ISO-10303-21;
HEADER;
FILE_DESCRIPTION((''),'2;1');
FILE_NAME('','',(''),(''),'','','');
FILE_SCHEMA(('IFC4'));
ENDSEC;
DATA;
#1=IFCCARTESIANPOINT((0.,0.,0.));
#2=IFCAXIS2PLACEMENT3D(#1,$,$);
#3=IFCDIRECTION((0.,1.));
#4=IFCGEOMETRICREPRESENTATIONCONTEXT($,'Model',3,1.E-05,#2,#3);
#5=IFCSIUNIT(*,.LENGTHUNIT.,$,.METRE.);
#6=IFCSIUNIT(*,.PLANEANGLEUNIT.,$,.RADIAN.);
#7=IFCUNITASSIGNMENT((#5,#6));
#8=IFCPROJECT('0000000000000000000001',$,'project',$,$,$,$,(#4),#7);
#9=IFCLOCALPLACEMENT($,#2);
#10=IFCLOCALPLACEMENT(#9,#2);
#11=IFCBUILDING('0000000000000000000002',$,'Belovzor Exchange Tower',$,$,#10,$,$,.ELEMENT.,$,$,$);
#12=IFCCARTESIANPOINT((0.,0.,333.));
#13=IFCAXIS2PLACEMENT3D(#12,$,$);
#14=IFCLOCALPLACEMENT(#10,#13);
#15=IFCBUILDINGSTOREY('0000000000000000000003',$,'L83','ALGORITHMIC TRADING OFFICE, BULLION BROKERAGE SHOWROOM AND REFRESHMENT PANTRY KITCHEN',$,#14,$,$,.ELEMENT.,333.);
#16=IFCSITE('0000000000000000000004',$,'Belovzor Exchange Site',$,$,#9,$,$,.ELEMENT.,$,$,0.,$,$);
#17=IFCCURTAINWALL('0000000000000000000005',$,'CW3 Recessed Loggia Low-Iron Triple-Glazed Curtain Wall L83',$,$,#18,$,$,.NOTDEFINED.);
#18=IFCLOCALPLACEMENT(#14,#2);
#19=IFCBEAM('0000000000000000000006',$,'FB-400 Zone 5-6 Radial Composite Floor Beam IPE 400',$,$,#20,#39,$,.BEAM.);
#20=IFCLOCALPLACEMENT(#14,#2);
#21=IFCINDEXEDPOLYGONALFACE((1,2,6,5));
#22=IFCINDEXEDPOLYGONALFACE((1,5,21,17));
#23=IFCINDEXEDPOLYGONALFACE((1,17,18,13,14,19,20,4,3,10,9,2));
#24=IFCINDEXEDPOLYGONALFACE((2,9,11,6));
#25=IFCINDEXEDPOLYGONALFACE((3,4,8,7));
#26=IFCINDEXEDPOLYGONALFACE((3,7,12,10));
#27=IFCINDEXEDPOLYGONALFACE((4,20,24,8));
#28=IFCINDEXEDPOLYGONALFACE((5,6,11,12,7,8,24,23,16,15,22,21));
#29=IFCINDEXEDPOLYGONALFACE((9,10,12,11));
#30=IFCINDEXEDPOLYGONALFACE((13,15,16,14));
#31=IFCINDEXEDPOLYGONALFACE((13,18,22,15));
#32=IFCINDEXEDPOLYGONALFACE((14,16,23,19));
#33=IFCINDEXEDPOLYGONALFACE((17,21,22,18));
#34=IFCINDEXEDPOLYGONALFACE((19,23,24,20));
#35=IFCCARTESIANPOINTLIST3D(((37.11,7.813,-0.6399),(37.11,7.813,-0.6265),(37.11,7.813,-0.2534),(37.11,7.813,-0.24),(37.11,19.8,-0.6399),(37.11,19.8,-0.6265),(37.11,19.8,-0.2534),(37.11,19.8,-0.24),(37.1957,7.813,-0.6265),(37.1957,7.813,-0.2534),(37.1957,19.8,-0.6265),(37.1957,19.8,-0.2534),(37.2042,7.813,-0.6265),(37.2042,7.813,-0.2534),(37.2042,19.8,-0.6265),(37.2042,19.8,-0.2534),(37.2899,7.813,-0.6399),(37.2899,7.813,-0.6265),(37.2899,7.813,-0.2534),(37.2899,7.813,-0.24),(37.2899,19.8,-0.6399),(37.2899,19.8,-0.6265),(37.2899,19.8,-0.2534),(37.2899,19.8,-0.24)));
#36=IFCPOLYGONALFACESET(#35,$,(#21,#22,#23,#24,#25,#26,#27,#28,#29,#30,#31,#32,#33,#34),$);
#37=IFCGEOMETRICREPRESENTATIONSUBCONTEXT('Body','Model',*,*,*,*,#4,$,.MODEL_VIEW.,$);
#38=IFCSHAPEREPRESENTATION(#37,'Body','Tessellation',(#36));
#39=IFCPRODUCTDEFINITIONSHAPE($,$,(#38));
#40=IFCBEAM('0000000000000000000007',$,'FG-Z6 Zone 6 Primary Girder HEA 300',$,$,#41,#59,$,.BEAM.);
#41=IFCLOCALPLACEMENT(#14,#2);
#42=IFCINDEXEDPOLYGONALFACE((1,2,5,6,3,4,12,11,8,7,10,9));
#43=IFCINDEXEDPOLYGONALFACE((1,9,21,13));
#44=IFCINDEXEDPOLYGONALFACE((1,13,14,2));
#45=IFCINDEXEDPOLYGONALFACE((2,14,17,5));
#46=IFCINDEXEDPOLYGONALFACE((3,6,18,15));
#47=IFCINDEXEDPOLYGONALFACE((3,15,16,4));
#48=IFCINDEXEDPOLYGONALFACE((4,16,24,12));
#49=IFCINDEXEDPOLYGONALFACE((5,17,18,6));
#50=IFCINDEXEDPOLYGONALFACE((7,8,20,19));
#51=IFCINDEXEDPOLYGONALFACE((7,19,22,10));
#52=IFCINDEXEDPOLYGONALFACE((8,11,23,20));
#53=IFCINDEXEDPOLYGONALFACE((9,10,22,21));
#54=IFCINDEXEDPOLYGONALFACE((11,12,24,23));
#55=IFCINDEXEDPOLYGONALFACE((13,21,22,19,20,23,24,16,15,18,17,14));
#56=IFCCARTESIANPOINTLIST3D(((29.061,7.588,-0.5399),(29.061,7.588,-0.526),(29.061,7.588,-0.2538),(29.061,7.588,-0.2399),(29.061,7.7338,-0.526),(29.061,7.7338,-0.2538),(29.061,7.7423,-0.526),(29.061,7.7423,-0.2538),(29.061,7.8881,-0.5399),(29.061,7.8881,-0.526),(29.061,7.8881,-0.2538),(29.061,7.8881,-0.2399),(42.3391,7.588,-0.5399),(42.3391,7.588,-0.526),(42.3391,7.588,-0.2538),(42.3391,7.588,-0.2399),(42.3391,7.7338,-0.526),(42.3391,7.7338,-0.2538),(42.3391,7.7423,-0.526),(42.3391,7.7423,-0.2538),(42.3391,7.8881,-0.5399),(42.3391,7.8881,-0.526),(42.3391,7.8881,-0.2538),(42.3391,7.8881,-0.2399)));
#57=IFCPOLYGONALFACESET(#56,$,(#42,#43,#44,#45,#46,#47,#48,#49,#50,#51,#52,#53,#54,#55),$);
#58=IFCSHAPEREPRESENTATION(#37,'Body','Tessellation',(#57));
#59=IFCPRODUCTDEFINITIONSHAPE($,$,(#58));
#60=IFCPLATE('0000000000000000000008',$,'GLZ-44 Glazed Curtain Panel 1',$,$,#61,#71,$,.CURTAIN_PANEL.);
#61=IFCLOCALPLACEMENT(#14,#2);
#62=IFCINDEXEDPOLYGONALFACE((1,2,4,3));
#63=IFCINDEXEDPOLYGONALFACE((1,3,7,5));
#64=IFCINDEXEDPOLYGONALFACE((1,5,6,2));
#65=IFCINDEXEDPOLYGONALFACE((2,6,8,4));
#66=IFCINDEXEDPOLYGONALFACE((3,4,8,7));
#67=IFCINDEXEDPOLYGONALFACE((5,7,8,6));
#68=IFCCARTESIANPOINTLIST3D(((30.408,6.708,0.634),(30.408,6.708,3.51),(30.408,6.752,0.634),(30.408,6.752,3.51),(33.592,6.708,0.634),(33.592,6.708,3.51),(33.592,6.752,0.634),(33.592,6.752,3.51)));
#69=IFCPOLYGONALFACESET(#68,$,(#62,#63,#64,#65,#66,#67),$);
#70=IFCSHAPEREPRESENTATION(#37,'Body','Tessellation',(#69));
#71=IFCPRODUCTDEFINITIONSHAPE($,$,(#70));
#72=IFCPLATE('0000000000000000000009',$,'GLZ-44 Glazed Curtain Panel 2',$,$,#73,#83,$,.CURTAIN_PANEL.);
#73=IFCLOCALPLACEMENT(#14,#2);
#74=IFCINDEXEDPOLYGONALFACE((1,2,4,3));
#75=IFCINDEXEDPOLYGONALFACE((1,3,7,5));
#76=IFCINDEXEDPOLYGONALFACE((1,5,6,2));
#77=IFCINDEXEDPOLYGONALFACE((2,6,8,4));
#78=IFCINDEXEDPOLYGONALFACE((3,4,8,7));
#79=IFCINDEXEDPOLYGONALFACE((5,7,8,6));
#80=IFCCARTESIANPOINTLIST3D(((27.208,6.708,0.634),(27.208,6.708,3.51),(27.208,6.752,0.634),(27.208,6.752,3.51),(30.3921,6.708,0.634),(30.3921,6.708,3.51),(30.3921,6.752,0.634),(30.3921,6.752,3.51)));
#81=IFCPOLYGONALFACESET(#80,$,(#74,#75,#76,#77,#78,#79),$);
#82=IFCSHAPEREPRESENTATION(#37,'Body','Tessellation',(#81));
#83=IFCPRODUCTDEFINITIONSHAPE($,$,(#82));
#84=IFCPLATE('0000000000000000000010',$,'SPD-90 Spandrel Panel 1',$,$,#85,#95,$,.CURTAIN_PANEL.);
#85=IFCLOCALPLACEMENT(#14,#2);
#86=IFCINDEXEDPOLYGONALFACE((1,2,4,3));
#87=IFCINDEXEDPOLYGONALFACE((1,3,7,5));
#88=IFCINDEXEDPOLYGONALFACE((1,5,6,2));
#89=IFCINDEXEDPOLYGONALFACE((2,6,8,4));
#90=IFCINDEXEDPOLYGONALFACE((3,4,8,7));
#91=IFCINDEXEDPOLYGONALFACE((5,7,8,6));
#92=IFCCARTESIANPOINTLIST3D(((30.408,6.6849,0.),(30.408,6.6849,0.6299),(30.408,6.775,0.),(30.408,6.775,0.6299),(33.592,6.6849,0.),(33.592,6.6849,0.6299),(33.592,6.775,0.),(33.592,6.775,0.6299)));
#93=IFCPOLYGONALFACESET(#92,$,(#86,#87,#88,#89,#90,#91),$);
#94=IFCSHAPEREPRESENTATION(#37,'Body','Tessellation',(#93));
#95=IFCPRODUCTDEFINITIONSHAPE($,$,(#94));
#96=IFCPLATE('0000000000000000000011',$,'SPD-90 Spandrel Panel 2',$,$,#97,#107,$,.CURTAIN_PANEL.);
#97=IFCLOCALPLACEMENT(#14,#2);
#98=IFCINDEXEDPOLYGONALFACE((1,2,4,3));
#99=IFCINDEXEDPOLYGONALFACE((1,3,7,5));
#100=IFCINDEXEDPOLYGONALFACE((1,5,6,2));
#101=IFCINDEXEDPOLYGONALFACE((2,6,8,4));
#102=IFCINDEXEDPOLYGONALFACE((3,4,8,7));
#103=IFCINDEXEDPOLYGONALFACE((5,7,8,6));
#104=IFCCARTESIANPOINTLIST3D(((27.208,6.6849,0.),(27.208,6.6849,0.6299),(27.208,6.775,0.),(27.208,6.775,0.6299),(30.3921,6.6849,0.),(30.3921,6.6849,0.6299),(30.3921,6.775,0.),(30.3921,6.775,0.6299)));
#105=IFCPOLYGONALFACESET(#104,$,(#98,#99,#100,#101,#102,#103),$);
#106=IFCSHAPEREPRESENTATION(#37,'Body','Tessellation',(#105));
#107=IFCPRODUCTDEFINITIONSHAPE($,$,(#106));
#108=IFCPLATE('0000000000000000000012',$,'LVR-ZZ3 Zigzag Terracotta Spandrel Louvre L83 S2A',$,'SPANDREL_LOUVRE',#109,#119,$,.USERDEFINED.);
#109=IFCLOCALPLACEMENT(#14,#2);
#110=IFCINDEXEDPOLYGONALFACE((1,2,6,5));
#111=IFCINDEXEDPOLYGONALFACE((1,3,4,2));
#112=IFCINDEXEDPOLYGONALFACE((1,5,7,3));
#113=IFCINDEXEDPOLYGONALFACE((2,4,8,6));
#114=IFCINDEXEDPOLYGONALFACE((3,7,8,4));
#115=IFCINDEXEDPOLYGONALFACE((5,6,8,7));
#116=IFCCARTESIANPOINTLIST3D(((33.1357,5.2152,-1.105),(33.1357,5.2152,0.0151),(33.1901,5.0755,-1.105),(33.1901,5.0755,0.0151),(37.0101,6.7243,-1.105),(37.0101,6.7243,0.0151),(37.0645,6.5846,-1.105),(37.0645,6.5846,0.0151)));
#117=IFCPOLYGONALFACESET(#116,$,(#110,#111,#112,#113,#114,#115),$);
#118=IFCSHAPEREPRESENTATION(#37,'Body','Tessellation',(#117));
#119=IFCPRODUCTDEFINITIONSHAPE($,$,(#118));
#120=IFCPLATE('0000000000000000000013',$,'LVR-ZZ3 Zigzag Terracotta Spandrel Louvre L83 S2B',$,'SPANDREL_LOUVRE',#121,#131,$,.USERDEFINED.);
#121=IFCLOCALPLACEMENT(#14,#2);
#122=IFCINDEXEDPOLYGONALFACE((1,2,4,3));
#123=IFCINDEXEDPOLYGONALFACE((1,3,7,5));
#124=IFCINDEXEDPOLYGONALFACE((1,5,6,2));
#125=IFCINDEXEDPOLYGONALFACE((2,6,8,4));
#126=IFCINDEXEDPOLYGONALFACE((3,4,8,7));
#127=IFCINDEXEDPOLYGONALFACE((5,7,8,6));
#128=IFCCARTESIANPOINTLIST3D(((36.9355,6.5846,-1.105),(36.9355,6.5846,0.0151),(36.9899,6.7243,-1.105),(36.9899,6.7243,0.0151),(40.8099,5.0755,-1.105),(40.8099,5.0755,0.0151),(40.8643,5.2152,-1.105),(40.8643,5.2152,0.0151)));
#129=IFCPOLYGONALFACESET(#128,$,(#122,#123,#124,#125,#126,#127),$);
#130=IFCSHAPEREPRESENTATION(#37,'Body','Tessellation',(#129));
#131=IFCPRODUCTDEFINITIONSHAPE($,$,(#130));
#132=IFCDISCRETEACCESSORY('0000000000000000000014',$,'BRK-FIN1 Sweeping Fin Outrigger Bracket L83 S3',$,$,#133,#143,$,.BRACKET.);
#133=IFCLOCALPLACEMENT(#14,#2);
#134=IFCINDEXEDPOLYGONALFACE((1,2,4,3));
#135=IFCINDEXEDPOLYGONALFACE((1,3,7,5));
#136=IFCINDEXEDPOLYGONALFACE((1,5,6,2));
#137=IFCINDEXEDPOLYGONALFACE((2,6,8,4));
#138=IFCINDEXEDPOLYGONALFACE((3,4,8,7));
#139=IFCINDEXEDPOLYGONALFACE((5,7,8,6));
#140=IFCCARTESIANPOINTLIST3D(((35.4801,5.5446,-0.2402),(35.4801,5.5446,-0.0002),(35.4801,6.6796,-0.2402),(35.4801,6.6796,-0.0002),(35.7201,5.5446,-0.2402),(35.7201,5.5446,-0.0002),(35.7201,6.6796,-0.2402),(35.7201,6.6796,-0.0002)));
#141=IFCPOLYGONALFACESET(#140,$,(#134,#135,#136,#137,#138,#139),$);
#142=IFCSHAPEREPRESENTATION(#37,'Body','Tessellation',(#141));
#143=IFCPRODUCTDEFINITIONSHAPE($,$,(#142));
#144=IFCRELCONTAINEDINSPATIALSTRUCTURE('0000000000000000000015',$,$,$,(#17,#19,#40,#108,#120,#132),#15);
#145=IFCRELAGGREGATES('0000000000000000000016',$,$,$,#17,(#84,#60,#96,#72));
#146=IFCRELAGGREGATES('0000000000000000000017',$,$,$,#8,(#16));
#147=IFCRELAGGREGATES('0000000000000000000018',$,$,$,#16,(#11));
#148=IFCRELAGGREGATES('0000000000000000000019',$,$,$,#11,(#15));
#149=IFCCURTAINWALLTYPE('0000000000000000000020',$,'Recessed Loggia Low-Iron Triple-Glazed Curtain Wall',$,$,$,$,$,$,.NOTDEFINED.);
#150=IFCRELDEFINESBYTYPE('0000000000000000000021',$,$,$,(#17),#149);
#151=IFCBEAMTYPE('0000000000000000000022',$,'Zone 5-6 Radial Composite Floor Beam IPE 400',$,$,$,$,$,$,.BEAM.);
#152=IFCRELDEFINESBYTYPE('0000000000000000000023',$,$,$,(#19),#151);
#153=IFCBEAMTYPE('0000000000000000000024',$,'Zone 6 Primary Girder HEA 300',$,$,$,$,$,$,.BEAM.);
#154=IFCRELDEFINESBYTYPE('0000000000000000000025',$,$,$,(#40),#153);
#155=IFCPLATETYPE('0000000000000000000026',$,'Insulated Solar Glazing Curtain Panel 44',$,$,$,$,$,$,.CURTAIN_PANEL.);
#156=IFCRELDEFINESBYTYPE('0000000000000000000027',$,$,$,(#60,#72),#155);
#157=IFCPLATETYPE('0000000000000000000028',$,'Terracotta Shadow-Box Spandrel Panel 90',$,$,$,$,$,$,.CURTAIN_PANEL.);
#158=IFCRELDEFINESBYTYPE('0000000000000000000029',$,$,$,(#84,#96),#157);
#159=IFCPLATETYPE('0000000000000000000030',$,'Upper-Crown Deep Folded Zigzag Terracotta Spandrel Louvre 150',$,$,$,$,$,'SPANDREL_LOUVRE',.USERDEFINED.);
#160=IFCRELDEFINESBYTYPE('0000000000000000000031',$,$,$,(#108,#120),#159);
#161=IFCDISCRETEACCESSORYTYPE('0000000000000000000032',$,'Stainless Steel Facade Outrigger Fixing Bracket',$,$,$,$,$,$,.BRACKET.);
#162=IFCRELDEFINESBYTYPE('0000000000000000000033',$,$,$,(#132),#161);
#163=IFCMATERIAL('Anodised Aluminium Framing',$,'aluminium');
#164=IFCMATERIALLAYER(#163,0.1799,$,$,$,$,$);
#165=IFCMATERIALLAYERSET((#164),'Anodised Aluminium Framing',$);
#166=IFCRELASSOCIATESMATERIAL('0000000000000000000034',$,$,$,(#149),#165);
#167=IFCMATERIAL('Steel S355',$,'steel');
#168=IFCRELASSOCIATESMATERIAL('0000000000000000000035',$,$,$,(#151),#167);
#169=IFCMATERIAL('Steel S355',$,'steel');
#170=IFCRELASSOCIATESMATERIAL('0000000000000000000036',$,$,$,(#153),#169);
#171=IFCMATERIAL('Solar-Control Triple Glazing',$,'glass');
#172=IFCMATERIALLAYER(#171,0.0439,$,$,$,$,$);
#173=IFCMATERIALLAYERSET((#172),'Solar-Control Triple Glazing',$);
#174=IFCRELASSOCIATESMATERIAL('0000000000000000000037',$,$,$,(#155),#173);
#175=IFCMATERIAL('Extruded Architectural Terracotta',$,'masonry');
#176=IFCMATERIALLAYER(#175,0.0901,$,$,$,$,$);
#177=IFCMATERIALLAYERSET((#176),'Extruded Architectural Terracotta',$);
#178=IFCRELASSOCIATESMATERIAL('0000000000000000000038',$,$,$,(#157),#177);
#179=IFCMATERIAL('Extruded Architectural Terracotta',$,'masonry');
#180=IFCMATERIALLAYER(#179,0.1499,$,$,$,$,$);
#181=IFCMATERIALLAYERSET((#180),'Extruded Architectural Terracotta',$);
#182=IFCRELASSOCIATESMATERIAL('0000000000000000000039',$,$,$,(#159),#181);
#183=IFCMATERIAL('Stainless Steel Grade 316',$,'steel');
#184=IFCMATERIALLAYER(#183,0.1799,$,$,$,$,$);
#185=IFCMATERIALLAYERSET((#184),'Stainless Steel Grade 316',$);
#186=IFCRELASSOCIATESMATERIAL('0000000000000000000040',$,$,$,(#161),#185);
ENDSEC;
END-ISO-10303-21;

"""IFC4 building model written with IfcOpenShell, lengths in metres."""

from ifc_helpers import new_model, si_unit, direction, frame, origin, origin_2d, place, context, subcontext, project, spatial, rectangle, i_section, extrude, material, layer, layer_set, material_profile, profile_set, type_object, element, aggregate, save


model = new_model("IFC4")

# Units and contexts
model_context = context("Model", 3, precision=1e-05, world=origin(), true_north=direction((0.0, 1.0)))
body_context = subcontext(model_context, "Body", "Model", "MODEL_VIEW")
ifc_project = project(units=[si_unit("LENGTHUNIT", "METRE"), si_unit("PLANEANGLEUNIT", "RADIAN")], contexts=[model_context])

# Site, building, storey
site_placement = place(None, origin())
site = spatial("IfcSite", under=ifc_project, at=site_placement, Name="Belovzor Exchange Site", CompositionType="ELEMENT", RefElevation=0.0)
building_placement = place(site_placement, origin())
building = spatial("IfcBuilding", under=site, at=building_placement, Name="Belovzor Exchange Tower", CompositionType="ELEMENT")
storey_placement = place(building_placement, frame((0.0, 0.0, 333.0)))
storey = spatial("IfcBuildingStorey", under=building, at=storey_placement, Name="L83", Description="ALGORITHMIC TRADING OFFICE, BULLION BROKERAGE SHOWROOM AND REFRESHMENT PANTRY KITCHEN", CompositionType="ELEMENT", Elevation=333.0)

# Curtain wall
ifc_material_1 = material(Name="Anodised Aluminium Framing", Category="aluminium")
ifc_layer_1 = layer(ifc_material_1, 0.1799)
ifc_layer_set_1 = layer_set([ifc_layer_1], Name="Anodised Aluminium Framing")
curtain_wall_type = type_object("IfcCurtainWallType", Name="Recessed Loggia Low-Iron Triple-Glazed Curtain Wall", PredefinedType="NOTDEFINED", material=ifc_layer_set_1)
curtain_wall_placement = place(storey_placement, origin())
curtain_wall = element("IfcCurtainWall", 1, at=curtain_wall_placement, inside=storey, type_object=curtain_wall_type, Name="CW3 Recessed Loggia Low-Iron Triple-Glazed Curtain Wall L83", PredefinedType="NOTDEFINED")

# Beams
ifc_material_2 = material(Name="Steel S355", Category="steel")
ifc_material_profile_1 = material_profile(ifc_material_2, i_section(OverallWidth=0.1799, OverallDepth=0.3999, WebThickness=0.0085, FlangeThickness=0.0134, at=origin_2d()))
ifc_profile_set_1 = profile_set([ifc_material_profile_1], Name="Steel S355")
beam_type_1 = type_object("IfcBeamType", Name="Zone 5-6 Radial Composite Floor Beam IPE 400", PredefinedType="BEAM", material=ifc_profile_set_1)
beam_1_placement = place(storey_placement, frame((37.2, 19.8, -0.4399), z_axis=(0.0, -1.0, 0.0), x_axis=(1.0, 0.0, 0.0)))
element("IfcBeam", 2, at=beam_1_placement, inside=storey, type_object=beam_type_1, Name="FB-400 Zone 5-6 Radial Composite Floor Beam IPE 400", PredefinedType="BEAM", context=body_context, shape_type="SweptSolid", body=[
    extrude(i_section(OverallWidth=0.1799, OverallDepth=0.3999, WebThickness=0.0085, FlangeThickness=0.0134, at=origin_2d()), origin(), (0.0, 0.0, 1.0), 11.9871),
])
ifc_material_3 = material(Name="Steel S355", Category="steel")
ifc_material_profile_2 = material_profile(ifc_material_3, i_section(OverallWidth=0.3, OverallDepth=0.3, WebThickness=0.0085, FlangeThickness=0.0139, at=origin_2d()))
ifc_profile_set_2 = profile_set([ifc_material_profile_2], Name="Steel S355")
beam_type_2 = type_object("IfcBeamType", Name="Zone 6 Primary Girder HEA 300", PredefinedType="BEAM", material=ifc_profile_set_2)
beam_2_placement = place(storey_placement, frame((29.061, 7.738, -0.3899), z_axis=(1.0, 0.0, 0.0), x_axis=(0.0, 1.0, 0.0)))
element("IfcBeam", 3, at=beam_2_placement, inside=storey, type_object=beam_type_2, Name="FG-Z6 Zone 6 Primary Girder HEA 300", PredefinedType="BEAM", context=body_context, shape_type="SweptSolid", body=[
    extrude(i_section(OverallWidth=0.3, OverallDepth=0.3, WebThickness=0.0085, FlangeThickness=0.0139, at=origin_2d()), origin(), (0.0, 0.0, 1.0), 13.2781),
])

# Plates
ifc_material_4 = material(Name="Solar-Control Triple Glazing", Category="glass")
ifc_layer_2 = layer(ifc_material_4, 0.0439)
ifc_layer_set_2 = layer_set([ifc_layer_2], Name="Solar-Control Triple Glazing")
plate_type_1 = type_object("IfcPlateType", Name="Insulated Solar Glazing Curtain Panel 44", PredefinedType="CURTAIN_PANEL", material=ifc_layer_set_2)
plate_1_placement = place(storey_placement, frame((32.0, 6.73, 0.634), z_axis=(0.0, 0.0, 1.0), x_axis=(-1.0, 0.0, 0.0)))
plate_1 = element("IfcPlate", 4, at=plate_1_placement, type_object=plate_type_1, Name="GLZ-44 Glazed Curtain Panel 1", PredefinedType="CURTAIN_PANEL", context=body_context, shape_type="SweptSolid", body=[
    extrude(rectangle(XDim=3.1841, YDim=0.0439, at=origin_2d()), origin(), (0.0, 0.0, 1.0), 2.876),
])
plate_2_placement = place(storey_placement, frame((28.8, 6.73, 0.634), z_axis=(0.0, 0.0, 1.0), x_axis=(-1.0, 0.0, 0.0)))
plate_2 = element("IfcPlate", 5, at=plate_2_placement, type_object=plate_type_1, Name="GLZ-44 Glazed Curtain Panel 2", PredefinedType="CURTAIN_PANEL", context=body_context, shape_type="SweptSolid", body=[
    extrude(rectangle(XDim=3.1841, YDim=0.0439, at=origin_2d()), origin(), (0.0, 0.0, 1.0), 2.876),
])
ifc_material_5 = material(Name="Extruded Architectural Terracotta", Category="masonry")
ifc_layer_3 = layer(ifc_material_5, 0.0901)
ifc_layer_set_3 = layer_set([ifc_layer_3], Name="Extruded Architectural Terracotta")
plate_type_2 = type_object("IfcPlateType", Name="Terracotta Shadow-Box Spandrel Panel 90", PredefinedType="CURTAIN_PANEL", material=ifc_layer_set_3)
plate_3_placement = place(storey_placement, frame((32.0, 6.73, 0.0), z_axis=(0.0, 0.0, 1.0), x_axis=(-1.0, 0.0, 0.0)))
plate_3 = element("IfcPlate", 6, at=plate_3_placement, type_object=plate_type_2, Name="SPD-90 Spandrel Panel 1", PredefinedType="CURTAIN_PANEL", context=body_context, shape_type="SweptSolid", body=[
    extrude(rectangle(XDim=3.1841, YDim=0.0901, at=origin_2d()), origin(), (0.0, 0.0, 1.0), 0.6299),
])
plate_4_placement = place(storey_placement, frame((28.8, 6.73, 0.0), z_axis=(0.0, 0.0, 1.0), x_axis=(-1.0, 0.0, 0.0)))
plate_4 = element("IfcPlate", 7, at=plate_4_placement, type_object=plate_type_2, Name="SPD-90 Spandrel Panel 2", PredefinedType="CURTAIN_PANEL", context=body_context, shape_type="SweptSolid", body=[
    extrude(rectangle(XDim=3.1841, YDim=0.0901, at=origin_2d()), origin(), (0.0, 0.0, 1.0), 0.6299),
])
aggregate(curtain_wall, [plate_3, plate_1, plate_4, plate_2])

# Plates
ifc_material_6 = material(Name="Extruded Architectural Terracotta", Category="masonry")
ifc_layer_4 = layer(ifc_material_6, 0.1499)
ifc_layer_set_4 = layer_set([ifc_layer_4], Name="Extruded Architectural Terracotta")
plate_type_3 = type_object("IfcPlateType", Name="Upper-Crown Deep Folded Zigzag Terracotta Spandrel Louvre 150", ElementType="SPANDREL_LOUVRE", PredefinedType="USERDEFINED", material=ifc_layer_set_4)
for number, where, z_axis, x_axis, name in (
    (8, (35.1001, 5.8999, -1.105), (0.0, 0.0, 1.0), (0.931818, 0.362926, 0.0), "LVR-ZZ3 Zigzag Terracotta Spandrel Louvre L83 S2A"),
    (9, (38.8999, 5.8999, -1.105), (0.0, 0.0, 1.0), (0.931818, -0.362926, 0.0), "LVR-ZZ3 Zigzag Terracotta Spandrel Louvre L83 S2B"),
):
    element("IfcPlate", number, at=place(storey_placement, frame(where, z_axis=z_axis, x_axis=x_axis)), inside=storey, type_object=plate_type_3, Name=name, ObjectType="SPANDREL_LOUVRE", PredefinedType="USERDEFINED", context=body_context, shape_type="SweptSolid", body=[
        extrude(rectangle(XDim=4.158, YDim=0.1499, at=origin_2d()), origin(), (0.0, 0.0, 1.0), 1.1201),
    ])

# Discrete accessory
ifc_material_7 = material(Name="Stainless Steel Grade 316", Category="steel")
ifc_layer_5 = layer(ifc_material_7, 0.1799)
ifc_layer_set_5 = layer_set([ifc_layer_5], Name="Stainless Steel Grade 316")
discrete_accessory_type = type_object("IfcDiscreteAccessoryType", Name="Stainless Steel Facade Outrigger Fixing Bracket", PredefinedType="BRACKET", material=ifc_layer_set_5)
discrete_accessory_placement = place(storey_placement, frame((35.6001, 6.1121, -0.2402), z_axis=(0.0, 0.0, 1.0), x_axis=(0.0, 1.0, 0.0)))
element("IfcDiscreteAccessory", 10, at=discrete_accessory_placement, inside=storey, type_object=discrete_accessory_type, Name="BRK-FIN1 Sweeping Fin Outrigger Bracket L83 S3", PredefinedType="BRACKET", context=body_context, shape_type="SweptSolid", body=[
    extrude(rectangle(XDim=1.135, YDim=0.24, at=origin_2d()), origin(), (0.0, 0.0, 1.0), 0.24),
])

save(model, "model.ifc")
